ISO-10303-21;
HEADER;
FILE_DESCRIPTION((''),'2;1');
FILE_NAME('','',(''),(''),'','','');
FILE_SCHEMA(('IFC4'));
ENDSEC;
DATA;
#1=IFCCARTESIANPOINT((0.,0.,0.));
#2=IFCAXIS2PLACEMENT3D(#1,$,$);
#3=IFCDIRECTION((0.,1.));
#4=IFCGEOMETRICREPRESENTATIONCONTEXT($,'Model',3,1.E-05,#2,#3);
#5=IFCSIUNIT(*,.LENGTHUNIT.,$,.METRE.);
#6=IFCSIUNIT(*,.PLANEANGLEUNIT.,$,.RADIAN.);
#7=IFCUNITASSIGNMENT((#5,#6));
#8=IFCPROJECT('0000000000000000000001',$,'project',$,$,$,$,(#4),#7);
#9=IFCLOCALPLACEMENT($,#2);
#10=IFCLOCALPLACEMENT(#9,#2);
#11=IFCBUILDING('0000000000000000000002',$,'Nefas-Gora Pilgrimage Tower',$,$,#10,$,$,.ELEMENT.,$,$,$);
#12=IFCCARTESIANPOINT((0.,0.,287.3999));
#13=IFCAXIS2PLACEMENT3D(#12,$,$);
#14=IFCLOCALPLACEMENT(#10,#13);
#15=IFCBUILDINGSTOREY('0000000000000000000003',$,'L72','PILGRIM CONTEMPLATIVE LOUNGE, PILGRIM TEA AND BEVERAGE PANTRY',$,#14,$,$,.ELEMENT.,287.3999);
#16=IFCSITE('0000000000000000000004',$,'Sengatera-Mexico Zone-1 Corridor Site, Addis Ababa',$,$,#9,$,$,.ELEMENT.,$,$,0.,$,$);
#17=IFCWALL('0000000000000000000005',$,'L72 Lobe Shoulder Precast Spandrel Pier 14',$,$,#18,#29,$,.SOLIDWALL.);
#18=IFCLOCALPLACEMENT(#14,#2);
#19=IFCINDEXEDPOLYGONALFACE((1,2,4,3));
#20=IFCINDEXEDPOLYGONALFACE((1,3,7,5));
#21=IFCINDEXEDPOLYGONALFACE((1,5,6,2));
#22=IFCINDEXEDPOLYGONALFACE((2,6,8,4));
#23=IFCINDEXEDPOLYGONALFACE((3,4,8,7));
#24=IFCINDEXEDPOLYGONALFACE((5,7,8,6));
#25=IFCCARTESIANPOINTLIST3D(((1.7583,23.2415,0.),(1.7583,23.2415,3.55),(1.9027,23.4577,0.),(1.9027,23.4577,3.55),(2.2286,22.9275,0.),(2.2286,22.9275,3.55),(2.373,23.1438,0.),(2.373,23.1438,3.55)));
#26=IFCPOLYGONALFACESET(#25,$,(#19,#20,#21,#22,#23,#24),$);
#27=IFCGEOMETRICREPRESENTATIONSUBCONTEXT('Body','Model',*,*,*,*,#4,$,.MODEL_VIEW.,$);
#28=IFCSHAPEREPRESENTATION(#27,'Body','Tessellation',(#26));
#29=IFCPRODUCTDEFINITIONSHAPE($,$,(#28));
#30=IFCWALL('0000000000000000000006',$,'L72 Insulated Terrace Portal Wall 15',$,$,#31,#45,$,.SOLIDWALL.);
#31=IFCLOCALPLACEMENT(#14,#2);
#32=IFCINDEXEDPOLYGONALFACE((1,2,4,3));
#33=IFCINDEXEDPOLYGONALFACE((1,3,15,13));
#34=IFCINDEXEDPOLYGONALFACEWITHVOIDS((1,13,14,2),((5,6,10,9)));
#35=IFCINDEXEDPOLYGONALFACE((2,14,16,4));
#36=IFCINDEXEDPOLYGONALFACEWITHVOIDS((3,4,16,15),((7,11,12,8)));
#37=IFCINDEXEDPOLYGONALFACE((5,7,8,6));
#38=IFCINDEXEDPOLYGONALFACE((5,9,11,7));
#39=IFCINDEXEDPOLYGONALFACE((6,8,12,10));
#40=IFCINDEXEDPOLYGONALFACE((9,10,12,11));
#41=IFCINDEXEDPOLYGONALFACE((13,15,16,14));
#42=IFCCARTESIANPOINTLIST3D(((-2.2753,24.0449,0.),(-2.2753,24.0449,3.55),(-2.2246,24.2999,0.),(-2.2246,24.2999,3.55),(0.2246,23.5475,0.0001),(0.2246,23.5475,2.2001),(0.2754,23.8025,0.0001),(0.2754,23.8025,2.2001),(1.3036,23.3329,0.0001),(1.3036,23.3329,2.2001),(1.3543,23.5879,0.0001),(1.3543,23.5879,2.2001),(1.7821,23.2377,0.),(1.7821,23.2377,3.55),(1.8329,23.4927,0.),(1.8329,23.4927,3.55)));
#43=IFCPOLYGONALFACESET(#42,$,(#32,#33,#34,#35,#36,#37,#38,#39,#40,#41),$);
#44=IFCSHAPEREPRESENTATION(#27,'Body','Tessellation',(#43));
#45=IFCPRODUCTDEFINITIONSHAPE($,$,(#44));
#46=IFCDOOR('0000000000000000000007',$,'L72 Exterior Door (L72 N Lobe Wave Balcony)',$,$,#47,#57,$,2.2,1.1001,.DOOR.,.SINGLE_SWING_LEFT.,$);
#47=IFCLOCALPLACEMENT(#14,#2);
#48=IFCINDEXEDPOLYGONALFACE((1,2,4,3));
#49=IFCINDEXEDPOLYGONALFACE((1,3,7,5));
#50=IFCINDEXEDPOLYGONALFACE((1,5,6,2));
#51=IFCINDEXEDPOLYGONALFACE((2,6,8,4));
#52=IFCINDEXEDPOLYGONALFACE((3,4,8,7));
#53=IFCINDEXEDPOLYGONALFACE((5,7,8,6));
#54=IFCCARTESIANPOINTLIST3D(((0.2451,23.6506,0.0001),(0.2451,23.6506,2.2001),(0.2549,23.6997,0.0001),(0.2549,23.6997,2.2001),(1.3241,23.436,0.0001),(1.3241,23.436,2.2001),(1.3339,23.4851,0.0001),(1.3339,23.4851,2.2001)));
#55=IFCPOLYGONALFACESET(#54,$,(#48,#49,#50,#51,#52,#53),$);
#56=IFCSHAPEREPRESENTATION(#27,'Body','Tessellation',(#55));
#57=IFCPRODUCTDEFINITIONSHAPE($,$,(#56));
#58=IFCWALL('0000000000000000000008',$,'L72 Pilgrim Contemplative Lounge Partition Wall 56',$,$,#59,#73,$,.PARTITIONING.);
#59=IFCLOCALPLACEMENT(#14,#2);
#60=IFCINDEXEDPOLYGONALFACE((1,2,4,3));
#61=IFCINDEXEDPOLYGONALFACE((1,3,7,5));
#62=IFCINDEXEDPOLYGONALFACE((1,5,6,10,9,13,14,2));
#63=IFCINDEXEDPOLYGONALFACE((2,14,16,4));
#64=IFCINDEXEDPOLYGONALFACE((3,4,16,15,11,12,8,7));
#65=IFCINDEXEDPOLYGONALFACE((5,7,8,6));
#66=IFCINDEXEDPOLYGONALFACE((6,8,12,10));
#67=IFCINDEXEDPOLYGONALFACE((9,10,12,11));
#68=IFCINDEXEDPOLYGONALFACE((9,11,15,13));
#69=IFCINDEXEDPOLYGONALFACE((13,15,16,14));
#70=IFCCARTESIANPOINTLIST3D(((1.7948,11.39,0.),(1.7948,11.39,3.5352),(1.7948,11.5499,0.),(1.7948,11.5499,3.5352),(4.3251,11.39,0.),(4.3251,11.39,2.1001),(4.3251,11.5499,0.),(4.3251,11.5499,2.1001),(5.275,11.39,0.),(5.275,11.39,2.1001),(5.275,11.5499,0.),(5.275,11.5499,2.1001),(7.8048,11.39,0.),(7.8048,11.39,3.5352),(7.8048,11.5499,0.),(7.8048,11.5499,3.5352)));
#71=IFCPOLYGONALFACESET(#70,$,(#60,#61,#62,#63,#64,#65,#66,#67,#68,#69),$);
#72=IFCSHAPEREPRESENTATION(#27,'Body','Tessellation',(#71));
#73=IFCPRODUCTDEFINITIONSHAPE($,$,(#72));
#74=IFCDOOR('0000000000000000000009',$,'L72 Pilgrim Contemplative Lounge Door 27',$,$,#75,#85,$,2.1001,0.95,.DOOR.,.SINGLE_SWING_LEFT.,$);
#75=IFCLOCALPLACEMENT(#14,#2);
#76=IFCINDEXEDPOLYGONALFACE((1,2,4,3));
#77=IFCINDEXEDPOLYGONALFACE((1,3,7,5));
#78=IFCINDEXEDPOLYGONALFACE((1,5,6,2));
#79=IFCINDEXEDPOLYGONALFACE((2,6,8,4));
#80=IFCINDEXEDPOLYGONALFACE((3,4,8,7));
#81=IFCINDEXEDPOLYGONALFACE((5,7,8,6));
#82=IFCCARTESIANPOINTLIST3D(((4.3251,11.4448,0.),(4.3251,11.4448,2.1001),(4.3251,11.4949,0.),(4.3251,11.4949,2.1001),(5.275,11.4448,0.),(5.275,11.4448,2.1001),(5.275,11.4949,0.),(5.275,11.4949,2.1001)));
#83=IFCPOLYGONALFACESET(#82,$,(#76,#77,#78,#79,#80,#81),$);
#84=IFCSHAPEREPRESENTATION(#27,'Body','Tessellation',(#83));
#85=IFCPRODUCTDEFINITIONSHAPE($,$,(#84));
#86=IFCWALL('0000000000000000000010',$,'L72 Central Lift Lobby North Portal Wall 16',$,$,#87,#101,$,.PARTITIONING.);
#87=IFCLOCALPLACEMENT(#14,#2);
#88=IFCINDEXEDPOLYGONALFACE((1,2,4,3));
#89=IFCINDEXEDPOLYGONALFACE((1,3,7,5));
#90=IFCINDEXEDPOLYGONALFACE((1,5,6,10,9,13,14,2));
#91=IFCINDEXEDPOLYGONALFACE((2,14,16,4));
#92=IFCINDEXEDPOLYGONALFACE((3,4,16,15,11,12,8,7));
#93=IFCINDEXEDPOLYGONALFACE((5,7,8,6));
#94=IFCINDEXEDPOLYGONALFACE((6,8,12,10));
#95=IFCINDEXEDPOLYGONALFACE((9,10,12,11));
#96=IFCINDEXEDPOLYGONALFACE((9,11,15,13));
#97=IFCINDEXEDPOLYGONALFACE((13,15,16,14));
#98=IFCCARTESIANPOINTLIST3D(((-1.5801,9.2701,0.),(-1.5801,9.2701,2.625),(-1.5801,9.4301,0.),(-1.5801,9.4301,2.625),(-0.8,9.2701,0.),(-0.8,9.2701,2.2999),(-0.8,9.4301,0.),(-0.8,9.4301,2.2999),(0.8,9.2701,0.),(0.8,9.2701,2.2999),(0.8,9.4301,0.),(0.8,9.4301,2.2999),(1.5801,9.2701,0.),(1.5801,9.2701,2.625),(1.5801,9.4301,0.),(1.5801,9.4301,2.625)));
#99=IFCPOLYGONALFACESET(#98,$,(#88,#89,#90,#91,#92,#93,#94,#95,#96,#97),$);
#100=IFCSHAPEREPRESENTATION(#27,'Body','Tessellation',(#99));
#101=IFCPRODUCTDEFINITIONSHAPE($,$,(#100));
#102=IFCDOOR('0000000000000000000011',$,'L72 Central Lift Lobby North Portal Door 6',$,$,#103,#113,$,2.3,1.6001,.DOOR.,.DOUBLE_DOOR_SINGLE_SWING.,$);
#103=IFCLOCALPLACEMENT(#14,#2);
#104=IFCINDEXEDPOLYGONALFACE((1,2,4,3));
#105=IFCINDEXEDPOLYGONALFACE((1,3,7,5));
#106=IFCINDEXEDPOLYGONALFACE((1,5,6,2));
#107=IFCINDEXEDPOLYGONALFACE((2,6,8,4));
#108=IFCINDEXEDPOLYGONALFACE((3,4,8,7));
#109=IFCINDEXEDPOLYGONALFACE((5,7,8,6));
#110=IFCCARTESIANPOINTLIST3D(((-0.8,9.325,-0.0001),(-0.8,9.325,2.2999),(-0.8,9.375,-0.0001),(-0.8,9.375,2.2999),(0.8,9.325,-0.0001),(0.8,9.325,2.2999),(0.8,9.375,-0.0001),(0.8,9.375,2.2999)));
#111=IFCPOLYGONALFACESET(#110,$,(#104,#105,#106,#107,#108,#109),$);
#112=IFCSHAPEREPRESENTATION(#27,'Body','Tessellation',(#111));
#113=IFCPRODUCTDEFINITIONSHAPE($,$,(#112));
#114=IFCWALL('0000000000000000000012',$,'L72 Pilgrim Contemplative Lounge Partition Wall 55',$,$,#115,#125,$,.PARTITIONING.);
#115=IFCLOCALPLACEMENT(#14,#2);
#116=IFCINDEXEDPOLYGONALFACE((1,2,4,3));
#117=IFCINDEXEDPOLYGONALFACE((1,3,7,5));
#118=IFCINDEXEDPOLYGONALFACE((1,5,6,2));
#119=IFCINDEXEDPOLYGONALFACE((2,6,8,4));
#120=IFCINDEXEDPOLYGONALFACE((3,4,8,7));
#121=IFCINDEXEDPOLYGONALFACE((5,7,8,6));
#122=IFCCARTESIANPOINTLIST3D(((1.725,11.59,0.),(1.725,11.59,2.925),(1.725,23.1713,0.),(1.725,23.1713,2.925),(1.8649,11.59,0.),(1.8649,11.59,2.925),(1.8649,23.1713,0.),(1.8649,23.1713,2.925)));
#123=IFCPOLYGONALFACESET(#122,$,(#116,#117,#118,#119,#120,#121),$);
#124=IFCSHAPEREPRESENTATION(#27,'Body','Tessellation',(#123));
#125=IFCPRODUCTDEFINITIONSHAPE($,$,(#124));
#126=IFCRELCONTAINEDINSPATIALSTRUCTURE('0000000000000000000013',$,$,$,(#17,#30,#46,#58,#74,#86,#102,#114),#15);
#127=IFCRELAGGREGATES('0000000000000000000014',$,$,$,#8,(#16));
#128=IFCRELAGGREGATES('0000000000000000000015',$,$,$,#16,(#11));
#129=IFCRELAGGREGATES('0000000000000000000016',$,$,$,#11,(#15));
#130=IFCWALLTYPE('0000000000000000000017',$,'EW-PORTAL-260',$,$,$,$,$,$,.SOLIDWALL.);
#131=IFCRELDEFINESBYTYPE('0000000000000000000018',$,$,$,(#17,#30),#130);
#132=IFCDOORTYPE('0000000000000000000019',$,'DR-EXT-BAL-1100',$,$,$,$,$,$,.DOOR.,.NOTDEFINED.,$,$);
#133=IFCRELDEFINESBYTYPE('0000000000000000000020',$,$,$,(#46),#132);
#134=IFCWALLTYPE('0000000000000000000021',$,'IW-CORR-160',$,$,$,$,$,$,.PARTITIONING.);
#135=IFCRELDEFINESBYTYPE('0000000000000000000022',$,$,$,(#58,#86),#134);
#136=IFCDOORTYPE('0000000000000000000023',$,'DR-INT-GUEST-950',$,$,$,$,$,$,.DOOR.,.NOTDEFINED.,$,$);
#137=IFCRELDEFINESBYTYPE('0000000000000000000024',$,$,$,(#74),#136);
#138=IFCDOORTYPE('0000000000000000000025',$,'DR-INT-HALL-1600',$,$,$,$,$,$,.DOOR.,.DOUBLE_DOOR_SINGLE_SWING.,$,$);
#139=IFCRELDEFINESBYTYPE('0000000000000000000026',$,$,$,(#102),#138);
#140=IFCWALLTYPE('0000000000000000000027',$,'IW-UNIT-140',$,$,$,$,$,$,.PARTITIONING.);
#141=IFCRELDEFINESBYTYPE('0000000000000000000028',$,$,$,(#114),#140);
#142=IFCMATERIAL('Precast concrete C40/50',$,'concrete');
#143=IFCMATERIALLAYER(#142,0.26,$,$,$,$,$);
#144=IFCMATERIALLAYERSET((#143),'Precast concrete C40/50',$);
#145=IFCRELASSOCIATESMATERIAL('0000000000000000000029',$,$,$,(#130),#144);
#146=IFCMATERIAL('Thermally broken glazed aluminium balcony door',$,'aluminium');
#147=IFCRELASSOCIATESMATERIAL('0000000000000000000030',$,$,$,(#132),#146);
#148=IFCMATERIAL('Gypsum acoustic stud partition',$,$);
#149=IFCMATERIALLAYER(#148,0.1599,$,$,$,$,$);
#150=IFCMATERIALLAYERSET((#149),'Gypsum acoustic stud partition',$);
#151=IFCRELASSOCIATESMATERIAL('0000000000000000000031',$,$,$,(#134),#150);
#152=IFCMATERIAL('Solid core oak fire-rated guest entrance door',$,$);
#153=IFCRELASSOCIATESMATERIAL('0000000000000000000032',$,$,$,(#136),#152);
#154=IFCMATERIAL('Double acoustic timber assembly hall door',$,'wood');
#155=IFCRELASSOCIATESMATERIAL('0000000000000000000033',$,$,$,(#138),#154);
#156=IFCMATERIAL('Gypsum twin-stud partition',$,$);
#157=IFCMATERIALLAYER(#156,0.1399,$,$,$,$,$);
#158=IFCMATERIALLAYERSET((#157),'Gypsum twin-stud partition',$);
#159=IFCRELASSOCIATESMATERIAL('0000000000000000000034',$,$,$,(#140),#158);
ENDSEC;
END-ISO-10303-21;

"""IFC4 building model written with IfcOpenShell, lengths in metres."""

from ifc_helpers import new_model, si_unit, direction, frame, frame_2d, origin, place, context, subcontext, project, spatial, rectangle, extrude, source, transform, mapped, material, layer, layer_set, type_object, element, fill, save


model = new_model("IFC4")

# Units and contexts
model_context = context("Model", 3, precision=1e-05, world=origin(), true_north=direction((0.0, 1.0)))
body_context = subcontext(model_context, "Body", "Model", "MODEL_VIEW")
ifc_project = project(units=[si_unit("LENGTHUNIT", "METRE"), si_unit("PLANEANGLEUNIT", "RADIAN")], contexts=[model_context])

# Site, building, storey
site_placement = place(None, origin())
site = spatial("IfcSite", under=ifc_project, at=site_placement, Name="Sengatera-Mexico Zone-1 Corridor Site, Addis Ababa", CompositionType="ELEMENT", RefElevation=0.0)
building_placement = place(site_placement, origin())
building = spatial("IfcBuilding", under=site, at=building_placement, Name="Nefas-Gora Pilgrimage Tower", CompositionType="ELEMENT")
storey_placement = place(building_placement, frame((0.0, 0.0, 287.3999)))
storey = spatial("IfcBuildingStorey", under=building, at=storey_placement, Name="L72", Description="PILGRIM CONTEMPLATIVE LOUNGE, PILGRIM TEA AND BEVERAGE PANTRY", CompositionType="ELEMENT", Elevation=287.3999)

# Wall
ifc_material_1 = material(Name="Precast concrete C40/50", Category="concrete")
ifc_layer_1 = layer(ifc_material_1, 0.26)
ifc_layer_set_1 = layer_set([ifc_layer_1], Name="Precast concrete C40/50")
wall_type_1 = type_object("IfcWallType", Name="EW-PORTAL-260", PredefinedType="SOLIDWALL", material=ifc_layer_set_1)
shared_shape_1 = source(origin(), body_context, "Body", "SweptSolid", [
    extrude(rectangle(XDim=0.5654, YDim=0.26, at=frame_2d((0.2827, 0.0))), origin(), (0.0, 0.0, 1.0), 3.55),
])
wall_1_placement = place(storey_placement, frame((2.3008, 23.0356, 0.0), z_axis=(0.0, 0.0, 1.0), x_axis=(-0.831651, 0.555298, 0.0)))
element("IfcWall", 1, at=wall_1_placement, inside=storey, type_object=wall_type_1, Name="L72 Lobe Shoulder Precast Spandrel Pier 14", PredefinedType="SOLIDWALL", context=body_context, shape_type="MappedRepresentation", body=[
    mapped(shared_shape_1, transform((0.0, 0.0, 0.0), x_axis=(1.0, 0.0, 0.0), y_axis=(0.0, 1.0, 0.0), z_axis=(0.0, 0.0, 1.0), scale=1.0)),
])

# Walls, openings, doors
shared_shape_2 = source(origin(), body_context, "Body", "SweptSolid", [
    extrude(rectangle(XDim=4.137, YDim=0.26, at=frame_2d((2.0684, 0.0))), origin(), (0.0, 0.0, 1.0), 3.55),
])
wall_2_placement = place(storey_placement, frame((1.8074, 23.3652, 0.0), z_axis=(0.0, 0.0, 1.0), x_axis=(-0.980782, 0.195106, 0.0)))
wall_2 = element("IfcWall", 2, at=wall_2_placement, inside=storey, type_object=wall_type_1, Name="L72 Insulated Terrace Portal Wall 15", PredefinedType="SOLIDWALL", context=body_context, shape_type="MappedRepresentation", body=[
    mapped(shared_shape_2, transform((0.0, 0.0, 0.0), x_axis=(1.0, 0.0, 0.0), y_axis=(0.0, 1.0, 0.0), z_axis=(0.0, 0.0, 1.0), scale=1.0)),
])
opening_1_placement = place(wall_2_placement, frame((0.4878, 0.0, 0.0)))
opening_1 = element("IfcOpeningElement", 3, at=opening_1_placement, cuts=wall_2, PredefinedType="OPENING", context=body_context, shape_type="SweptSolid", body=[
    extrude(rectangle(XDim=1.1001, YDim=2.2, at=frame_2d((0.55, 1.1001))), frame((0.0, 0.1399, 0.0), z_axis=(0.0, -1.0, 0.0), x_axis=(1.0, 0.0, 0.0)), (0.0, 0.0, 1.0), 0.28),
])
ifc_material_2 = material(Name="Thermally broken glazed aluminium balcony door", Category="aluminium")
door_type_1 = type_object("IfcDoorType", Name="DR-EXT-BAL-1100", OperationType="NOTDEFINED", PredefinedType="DOOR", material=ifc_material_2)
shared_shape_3 = source(origin(), body_context, "Body", "SweptSolid", [
    extrude(rectangle(XDim=1.1001, YDim=2.2, at=frame_2d((0.55, 1.1001))), frame((0.0, 0.0249, 0.0), z_axis=(0.0, -1.0, 0.0), x_axis=(1.0, 0.0, 0.0)), (0.0, 0.0, 1.0), 0.05),
])
door_1_placement = place(opening_1_placement, origin())
door_1 = element("IfcDoor", 4, at=door_1_placement, inside=storey, type_object=door_type_1, Name="L72 Exterior Door (L72 N Lobe Wave Balcony)", OperationType="SINGLE_SWING_LEFT", OverallHeight=2.2, OverallWidth=1.1001, PredefinedType="DOOR", context=body_context, shape_type="MappedRepresentation", body=[
    mapped(shared_shape_3, transform((0.0, 0.0, 0.0), x_axis=(1.0, 0.0, 0.0), y_axis=(0.0, 1.0, 0.0), z_axis=(0.0, 0.0, 1.0), scale=1.0)),
])
fill(opening_1, door_1)
ifc_material_3 = material(Name="Gypsum acoustic stud partition")
ifc_layer_2 = layer(ifc_material_3, 0.1599)
ifc_layer_set_2 = layer_set([ifc_layer_2], Name="Gypsum acoustic stud partition")
wall_type_2 = type_object("IfcWallType", Name="IW-CORR-160", PredefinedType="PARTITIONING", material=ifc_layer_set_2)
shared_shape_4 = source(origin(), body_context, "Body", "SweptSolid", [
    extrude(rectangle(XDim=6.01, YDim=0.1599, at=frame_2d((3.0049, 0.0))), origin(), (0.0, 0.0, 1.0), 3.5352),
])
wall_3_placement = place(storey_placement, frame((1.7949, 11.47, 0.0), z_axis=(0.0, 0.0, 1.0), x_axis=(1.0, 0.0, 0.0)))
wall_3 = element("IfcWall", 5, at=wall_3_placement, inside=storey, type_object=wall_type_2, Name="L72 Pilgrim Contemplative Lounge Partition Wall 56", PredefinedType="PARTITIONING", context=body_context, shape_type="MappedRepresentation", body=[
    mapped(shared_shape_4, transform((0.0, 0.0, 0.0), x_axis=(1.0, 0.0, 0.0), y_axis=(0.0, 1.0, 0.0), z_axis=(0.0, 0.0, 1.0), scale=1.0)),
])
opening_2_placement = place(wall_3_placement, frame((2.53, 0.0, 0.0)))
opening_2 = element("IfcOpeningElement", 6, at=opening_2_placement, cuts=wall_3, PredefinedType="OPENING", context=body_context, shape_type="SweptSolid", body=[
    extrude(rectangle(XDim=0.95, YDim=2.1001, at=frame_2d((0.4751, 1.05))), frame((0.0, 0.0898, 0.0), z_axis=(0.0, -1.0, 0.0), x_axis=(1.0, 0.0, 0.0)), (0.0, 0.0, 1.0), 0.1799),
])
ifc_material_4 = material(Name="Solid core oak fire-rated guest entrance door")
door_type_2 = type_object("IfcDoorType", Name="DR-INT-GUEST-950", OperationType="NOTDEFINED", PredefinedType="DOOR", material=ifc_material_4)
shared_shape_5 = source(origin(), body_context, "Body", "SweptSolid", [
    extrude(rectangle(XDim=0.95, YDim=2.1001, at=frame_2d((0.4751, 1.05))), frame((0.0, 0.0249, 0.0), z_axis=(0.0, -1.0, 0.0), x_axis=(1.0, 0.0, 0.0)), (0.0, 0.0, 1.0), 0.05),
])
door_2_placement = place(opening_2_placement, origin())
door_2 = element("IfcDoor", 7, at=door_2_placement, inside=storey, type_object=door_type_2, Name="L72 Pilgrim Contemplative Lounge Door 27", OperationType="SINGLE_SWING_LEFT", OverallHeight=2.1001, OverallWidth=0.95, PredefinedType="DOOR", context=body_context, shape_type="MappedRepresentation", body=[
    mapped(shared_shape_5, transform((0.0, 0.0, 0.0), x_axis=(1.0, 0.0, 0.0), y_axis=(0.0, 1.0, 0.0), z_axis=(0.0, 0.0, 1.0), scale=1.0)),
])
fill(opening_2, door_2)
shared_shape_6 = source(origin(), body_context, "Body", "SweptSolid", [
    extrude(rectangle(XDim=3.1602, YDim=0.1599, at=frame_2d((1.5801, 0.0))), origin(), (0.0, 0.0, 1.0), 2.625),
])
wall_4_placement = place(storey_placement, frame((-1.5801, 9.3501, 0.0), z_axis=(0.0, 0.0, 1.0), x_axis=(1.0, 0.0, 0.0)))
wall_4 = element("IfcWall", 8, at=wall_4_placement, inside=storey, type_object=wall_type_2, Name="L72 Central Lift Lobby North Portal Wall 16", PredefinedType="PARTITIONING", context=body_context, shape_type="MappedRepresentation", body=[
    mapped(shared_shape_6, transform((0.0, 0.0, 0.0), x_axis=(1.0, 0.0, 0.0), y_axis=(0.0, 1.0, 0.0), z_axis=(0.0, 0.0, 1.0), scale=1.0)),
])
opening_3_placement = place(wall_4_placement, frame((0.78, 0.0, 0.0)))
opening_3 = element("IfcOpeningElement", 9, at=opening_3_placement, cuts=wall_4, PredefinedType="OPENING", context=body_context, shape_type="SweptSolid", body=[
    extrude(rectangle(XDim=1.6001, YDim=2.3, at=frame_2d((0.8, 1.1499))), frame((0.0, 0.0898, 0.0), z_axis=(0.0, -1.0, 0.0), x_axis=(1.0, 0.0, 0.0)), (0.0, 0.0, 1.0), 0.1799),
])
ifc_material_5 = material(Name="Double acoustic timber assembly hall door", Category="wood")
door_type_3 = type_object("IfcDoorType", Name="DR-INT-HALL-1600", OperationType="DOUBLE_DOOR_SINGLE_SWING", PredefinedType="DOOR", material=ifc_material_5)
shared_shape_7 = source(origin(), body_context, "Body", "SweptSolid", [
    extrude(rectangle(XDim=1.6001, YDim=2.3, at=frame_2d((0.8, 1.1499))), frame((0.0, 0.0249, 0.0), z_axis=(0.0, -1.0, 0.0), x_axis=(1.0, 0.0, 0.0)), (0.0, 0.0, 1.0), 0.05),
])
door_3_placement = place(opening_3_placement, origin())
door_3 = element("IfcDoor", 10, at=door_3_placement, inside=storey, type_object=door_type_3, Name="L72 Central Lift Lobby North Portal Door 6", OperationType="DOUBLE_DOOR_SINGLE_SWING", OverallHeight=2.3, OverallWidth=1.6001, PredefinedType="DOOR", context=body_context, shape_type="MappedRepresentation", body=[
    mapped(shared_shape_7, transform((0.0, 0.0, 0.0), x_axis=(1.0, 0.0, 0.0), y_axis=(0.0, 1.0, 0.0), z_axis=(0.0, 0.0, 1.0), scale=1.0)),
])
fill(opening_3, door_3)

# Wall
ifc_material_6 = material(Name="Gypsum twin-stud partition")
ifc_layer_3 = layer(ifc_material_6, 0.1399)
ifc_layer_set_3 = layer_set([ifc_layer_3], Name="Gypsum twin-stud partition")
wall_type_3 = type_object("IfcWallType", Name="IW-UNIT-140", PredefinedType="PARTITIONING", material=ifc_layer_set_3)
shared_shape_8 = source(origin(), body_context, "Body", "SweptSolid", [
    extrude(rectangle(XDim=11.5813, YDim=0.1399, at=frame_2d((5.7905, 0.0))), origin(), (0.0, 0.0, 1.0), 2.925),
])
wall_5_placement = place(storey_placement, frame((1.7949, 11.5901, 0.0), z_axis=(0.0, 0.0, 1.0), x_axis=(0.0, 1.0, 0.0)))
element("IfcWall", 11, at=wall_5_placement, inside=storey, type_object=wall_type_3, Name="L72 Pilgrim Contemplative Lounge Partition Wall 55", PredefinedType="PARTITIONING", context=body_context, shape_type="MappedRepresentation", body=[
    mapped(shared_shape_8, transform((0.0, 0.0, 0.0), x_axis=(1.0, 0.0, 0.0), y_axis=(0.0, 1.0, 0.0), z_axis=(0.0, 0.0, 1.0), scale=1.0)),
])

save(model, "model.ifc")
